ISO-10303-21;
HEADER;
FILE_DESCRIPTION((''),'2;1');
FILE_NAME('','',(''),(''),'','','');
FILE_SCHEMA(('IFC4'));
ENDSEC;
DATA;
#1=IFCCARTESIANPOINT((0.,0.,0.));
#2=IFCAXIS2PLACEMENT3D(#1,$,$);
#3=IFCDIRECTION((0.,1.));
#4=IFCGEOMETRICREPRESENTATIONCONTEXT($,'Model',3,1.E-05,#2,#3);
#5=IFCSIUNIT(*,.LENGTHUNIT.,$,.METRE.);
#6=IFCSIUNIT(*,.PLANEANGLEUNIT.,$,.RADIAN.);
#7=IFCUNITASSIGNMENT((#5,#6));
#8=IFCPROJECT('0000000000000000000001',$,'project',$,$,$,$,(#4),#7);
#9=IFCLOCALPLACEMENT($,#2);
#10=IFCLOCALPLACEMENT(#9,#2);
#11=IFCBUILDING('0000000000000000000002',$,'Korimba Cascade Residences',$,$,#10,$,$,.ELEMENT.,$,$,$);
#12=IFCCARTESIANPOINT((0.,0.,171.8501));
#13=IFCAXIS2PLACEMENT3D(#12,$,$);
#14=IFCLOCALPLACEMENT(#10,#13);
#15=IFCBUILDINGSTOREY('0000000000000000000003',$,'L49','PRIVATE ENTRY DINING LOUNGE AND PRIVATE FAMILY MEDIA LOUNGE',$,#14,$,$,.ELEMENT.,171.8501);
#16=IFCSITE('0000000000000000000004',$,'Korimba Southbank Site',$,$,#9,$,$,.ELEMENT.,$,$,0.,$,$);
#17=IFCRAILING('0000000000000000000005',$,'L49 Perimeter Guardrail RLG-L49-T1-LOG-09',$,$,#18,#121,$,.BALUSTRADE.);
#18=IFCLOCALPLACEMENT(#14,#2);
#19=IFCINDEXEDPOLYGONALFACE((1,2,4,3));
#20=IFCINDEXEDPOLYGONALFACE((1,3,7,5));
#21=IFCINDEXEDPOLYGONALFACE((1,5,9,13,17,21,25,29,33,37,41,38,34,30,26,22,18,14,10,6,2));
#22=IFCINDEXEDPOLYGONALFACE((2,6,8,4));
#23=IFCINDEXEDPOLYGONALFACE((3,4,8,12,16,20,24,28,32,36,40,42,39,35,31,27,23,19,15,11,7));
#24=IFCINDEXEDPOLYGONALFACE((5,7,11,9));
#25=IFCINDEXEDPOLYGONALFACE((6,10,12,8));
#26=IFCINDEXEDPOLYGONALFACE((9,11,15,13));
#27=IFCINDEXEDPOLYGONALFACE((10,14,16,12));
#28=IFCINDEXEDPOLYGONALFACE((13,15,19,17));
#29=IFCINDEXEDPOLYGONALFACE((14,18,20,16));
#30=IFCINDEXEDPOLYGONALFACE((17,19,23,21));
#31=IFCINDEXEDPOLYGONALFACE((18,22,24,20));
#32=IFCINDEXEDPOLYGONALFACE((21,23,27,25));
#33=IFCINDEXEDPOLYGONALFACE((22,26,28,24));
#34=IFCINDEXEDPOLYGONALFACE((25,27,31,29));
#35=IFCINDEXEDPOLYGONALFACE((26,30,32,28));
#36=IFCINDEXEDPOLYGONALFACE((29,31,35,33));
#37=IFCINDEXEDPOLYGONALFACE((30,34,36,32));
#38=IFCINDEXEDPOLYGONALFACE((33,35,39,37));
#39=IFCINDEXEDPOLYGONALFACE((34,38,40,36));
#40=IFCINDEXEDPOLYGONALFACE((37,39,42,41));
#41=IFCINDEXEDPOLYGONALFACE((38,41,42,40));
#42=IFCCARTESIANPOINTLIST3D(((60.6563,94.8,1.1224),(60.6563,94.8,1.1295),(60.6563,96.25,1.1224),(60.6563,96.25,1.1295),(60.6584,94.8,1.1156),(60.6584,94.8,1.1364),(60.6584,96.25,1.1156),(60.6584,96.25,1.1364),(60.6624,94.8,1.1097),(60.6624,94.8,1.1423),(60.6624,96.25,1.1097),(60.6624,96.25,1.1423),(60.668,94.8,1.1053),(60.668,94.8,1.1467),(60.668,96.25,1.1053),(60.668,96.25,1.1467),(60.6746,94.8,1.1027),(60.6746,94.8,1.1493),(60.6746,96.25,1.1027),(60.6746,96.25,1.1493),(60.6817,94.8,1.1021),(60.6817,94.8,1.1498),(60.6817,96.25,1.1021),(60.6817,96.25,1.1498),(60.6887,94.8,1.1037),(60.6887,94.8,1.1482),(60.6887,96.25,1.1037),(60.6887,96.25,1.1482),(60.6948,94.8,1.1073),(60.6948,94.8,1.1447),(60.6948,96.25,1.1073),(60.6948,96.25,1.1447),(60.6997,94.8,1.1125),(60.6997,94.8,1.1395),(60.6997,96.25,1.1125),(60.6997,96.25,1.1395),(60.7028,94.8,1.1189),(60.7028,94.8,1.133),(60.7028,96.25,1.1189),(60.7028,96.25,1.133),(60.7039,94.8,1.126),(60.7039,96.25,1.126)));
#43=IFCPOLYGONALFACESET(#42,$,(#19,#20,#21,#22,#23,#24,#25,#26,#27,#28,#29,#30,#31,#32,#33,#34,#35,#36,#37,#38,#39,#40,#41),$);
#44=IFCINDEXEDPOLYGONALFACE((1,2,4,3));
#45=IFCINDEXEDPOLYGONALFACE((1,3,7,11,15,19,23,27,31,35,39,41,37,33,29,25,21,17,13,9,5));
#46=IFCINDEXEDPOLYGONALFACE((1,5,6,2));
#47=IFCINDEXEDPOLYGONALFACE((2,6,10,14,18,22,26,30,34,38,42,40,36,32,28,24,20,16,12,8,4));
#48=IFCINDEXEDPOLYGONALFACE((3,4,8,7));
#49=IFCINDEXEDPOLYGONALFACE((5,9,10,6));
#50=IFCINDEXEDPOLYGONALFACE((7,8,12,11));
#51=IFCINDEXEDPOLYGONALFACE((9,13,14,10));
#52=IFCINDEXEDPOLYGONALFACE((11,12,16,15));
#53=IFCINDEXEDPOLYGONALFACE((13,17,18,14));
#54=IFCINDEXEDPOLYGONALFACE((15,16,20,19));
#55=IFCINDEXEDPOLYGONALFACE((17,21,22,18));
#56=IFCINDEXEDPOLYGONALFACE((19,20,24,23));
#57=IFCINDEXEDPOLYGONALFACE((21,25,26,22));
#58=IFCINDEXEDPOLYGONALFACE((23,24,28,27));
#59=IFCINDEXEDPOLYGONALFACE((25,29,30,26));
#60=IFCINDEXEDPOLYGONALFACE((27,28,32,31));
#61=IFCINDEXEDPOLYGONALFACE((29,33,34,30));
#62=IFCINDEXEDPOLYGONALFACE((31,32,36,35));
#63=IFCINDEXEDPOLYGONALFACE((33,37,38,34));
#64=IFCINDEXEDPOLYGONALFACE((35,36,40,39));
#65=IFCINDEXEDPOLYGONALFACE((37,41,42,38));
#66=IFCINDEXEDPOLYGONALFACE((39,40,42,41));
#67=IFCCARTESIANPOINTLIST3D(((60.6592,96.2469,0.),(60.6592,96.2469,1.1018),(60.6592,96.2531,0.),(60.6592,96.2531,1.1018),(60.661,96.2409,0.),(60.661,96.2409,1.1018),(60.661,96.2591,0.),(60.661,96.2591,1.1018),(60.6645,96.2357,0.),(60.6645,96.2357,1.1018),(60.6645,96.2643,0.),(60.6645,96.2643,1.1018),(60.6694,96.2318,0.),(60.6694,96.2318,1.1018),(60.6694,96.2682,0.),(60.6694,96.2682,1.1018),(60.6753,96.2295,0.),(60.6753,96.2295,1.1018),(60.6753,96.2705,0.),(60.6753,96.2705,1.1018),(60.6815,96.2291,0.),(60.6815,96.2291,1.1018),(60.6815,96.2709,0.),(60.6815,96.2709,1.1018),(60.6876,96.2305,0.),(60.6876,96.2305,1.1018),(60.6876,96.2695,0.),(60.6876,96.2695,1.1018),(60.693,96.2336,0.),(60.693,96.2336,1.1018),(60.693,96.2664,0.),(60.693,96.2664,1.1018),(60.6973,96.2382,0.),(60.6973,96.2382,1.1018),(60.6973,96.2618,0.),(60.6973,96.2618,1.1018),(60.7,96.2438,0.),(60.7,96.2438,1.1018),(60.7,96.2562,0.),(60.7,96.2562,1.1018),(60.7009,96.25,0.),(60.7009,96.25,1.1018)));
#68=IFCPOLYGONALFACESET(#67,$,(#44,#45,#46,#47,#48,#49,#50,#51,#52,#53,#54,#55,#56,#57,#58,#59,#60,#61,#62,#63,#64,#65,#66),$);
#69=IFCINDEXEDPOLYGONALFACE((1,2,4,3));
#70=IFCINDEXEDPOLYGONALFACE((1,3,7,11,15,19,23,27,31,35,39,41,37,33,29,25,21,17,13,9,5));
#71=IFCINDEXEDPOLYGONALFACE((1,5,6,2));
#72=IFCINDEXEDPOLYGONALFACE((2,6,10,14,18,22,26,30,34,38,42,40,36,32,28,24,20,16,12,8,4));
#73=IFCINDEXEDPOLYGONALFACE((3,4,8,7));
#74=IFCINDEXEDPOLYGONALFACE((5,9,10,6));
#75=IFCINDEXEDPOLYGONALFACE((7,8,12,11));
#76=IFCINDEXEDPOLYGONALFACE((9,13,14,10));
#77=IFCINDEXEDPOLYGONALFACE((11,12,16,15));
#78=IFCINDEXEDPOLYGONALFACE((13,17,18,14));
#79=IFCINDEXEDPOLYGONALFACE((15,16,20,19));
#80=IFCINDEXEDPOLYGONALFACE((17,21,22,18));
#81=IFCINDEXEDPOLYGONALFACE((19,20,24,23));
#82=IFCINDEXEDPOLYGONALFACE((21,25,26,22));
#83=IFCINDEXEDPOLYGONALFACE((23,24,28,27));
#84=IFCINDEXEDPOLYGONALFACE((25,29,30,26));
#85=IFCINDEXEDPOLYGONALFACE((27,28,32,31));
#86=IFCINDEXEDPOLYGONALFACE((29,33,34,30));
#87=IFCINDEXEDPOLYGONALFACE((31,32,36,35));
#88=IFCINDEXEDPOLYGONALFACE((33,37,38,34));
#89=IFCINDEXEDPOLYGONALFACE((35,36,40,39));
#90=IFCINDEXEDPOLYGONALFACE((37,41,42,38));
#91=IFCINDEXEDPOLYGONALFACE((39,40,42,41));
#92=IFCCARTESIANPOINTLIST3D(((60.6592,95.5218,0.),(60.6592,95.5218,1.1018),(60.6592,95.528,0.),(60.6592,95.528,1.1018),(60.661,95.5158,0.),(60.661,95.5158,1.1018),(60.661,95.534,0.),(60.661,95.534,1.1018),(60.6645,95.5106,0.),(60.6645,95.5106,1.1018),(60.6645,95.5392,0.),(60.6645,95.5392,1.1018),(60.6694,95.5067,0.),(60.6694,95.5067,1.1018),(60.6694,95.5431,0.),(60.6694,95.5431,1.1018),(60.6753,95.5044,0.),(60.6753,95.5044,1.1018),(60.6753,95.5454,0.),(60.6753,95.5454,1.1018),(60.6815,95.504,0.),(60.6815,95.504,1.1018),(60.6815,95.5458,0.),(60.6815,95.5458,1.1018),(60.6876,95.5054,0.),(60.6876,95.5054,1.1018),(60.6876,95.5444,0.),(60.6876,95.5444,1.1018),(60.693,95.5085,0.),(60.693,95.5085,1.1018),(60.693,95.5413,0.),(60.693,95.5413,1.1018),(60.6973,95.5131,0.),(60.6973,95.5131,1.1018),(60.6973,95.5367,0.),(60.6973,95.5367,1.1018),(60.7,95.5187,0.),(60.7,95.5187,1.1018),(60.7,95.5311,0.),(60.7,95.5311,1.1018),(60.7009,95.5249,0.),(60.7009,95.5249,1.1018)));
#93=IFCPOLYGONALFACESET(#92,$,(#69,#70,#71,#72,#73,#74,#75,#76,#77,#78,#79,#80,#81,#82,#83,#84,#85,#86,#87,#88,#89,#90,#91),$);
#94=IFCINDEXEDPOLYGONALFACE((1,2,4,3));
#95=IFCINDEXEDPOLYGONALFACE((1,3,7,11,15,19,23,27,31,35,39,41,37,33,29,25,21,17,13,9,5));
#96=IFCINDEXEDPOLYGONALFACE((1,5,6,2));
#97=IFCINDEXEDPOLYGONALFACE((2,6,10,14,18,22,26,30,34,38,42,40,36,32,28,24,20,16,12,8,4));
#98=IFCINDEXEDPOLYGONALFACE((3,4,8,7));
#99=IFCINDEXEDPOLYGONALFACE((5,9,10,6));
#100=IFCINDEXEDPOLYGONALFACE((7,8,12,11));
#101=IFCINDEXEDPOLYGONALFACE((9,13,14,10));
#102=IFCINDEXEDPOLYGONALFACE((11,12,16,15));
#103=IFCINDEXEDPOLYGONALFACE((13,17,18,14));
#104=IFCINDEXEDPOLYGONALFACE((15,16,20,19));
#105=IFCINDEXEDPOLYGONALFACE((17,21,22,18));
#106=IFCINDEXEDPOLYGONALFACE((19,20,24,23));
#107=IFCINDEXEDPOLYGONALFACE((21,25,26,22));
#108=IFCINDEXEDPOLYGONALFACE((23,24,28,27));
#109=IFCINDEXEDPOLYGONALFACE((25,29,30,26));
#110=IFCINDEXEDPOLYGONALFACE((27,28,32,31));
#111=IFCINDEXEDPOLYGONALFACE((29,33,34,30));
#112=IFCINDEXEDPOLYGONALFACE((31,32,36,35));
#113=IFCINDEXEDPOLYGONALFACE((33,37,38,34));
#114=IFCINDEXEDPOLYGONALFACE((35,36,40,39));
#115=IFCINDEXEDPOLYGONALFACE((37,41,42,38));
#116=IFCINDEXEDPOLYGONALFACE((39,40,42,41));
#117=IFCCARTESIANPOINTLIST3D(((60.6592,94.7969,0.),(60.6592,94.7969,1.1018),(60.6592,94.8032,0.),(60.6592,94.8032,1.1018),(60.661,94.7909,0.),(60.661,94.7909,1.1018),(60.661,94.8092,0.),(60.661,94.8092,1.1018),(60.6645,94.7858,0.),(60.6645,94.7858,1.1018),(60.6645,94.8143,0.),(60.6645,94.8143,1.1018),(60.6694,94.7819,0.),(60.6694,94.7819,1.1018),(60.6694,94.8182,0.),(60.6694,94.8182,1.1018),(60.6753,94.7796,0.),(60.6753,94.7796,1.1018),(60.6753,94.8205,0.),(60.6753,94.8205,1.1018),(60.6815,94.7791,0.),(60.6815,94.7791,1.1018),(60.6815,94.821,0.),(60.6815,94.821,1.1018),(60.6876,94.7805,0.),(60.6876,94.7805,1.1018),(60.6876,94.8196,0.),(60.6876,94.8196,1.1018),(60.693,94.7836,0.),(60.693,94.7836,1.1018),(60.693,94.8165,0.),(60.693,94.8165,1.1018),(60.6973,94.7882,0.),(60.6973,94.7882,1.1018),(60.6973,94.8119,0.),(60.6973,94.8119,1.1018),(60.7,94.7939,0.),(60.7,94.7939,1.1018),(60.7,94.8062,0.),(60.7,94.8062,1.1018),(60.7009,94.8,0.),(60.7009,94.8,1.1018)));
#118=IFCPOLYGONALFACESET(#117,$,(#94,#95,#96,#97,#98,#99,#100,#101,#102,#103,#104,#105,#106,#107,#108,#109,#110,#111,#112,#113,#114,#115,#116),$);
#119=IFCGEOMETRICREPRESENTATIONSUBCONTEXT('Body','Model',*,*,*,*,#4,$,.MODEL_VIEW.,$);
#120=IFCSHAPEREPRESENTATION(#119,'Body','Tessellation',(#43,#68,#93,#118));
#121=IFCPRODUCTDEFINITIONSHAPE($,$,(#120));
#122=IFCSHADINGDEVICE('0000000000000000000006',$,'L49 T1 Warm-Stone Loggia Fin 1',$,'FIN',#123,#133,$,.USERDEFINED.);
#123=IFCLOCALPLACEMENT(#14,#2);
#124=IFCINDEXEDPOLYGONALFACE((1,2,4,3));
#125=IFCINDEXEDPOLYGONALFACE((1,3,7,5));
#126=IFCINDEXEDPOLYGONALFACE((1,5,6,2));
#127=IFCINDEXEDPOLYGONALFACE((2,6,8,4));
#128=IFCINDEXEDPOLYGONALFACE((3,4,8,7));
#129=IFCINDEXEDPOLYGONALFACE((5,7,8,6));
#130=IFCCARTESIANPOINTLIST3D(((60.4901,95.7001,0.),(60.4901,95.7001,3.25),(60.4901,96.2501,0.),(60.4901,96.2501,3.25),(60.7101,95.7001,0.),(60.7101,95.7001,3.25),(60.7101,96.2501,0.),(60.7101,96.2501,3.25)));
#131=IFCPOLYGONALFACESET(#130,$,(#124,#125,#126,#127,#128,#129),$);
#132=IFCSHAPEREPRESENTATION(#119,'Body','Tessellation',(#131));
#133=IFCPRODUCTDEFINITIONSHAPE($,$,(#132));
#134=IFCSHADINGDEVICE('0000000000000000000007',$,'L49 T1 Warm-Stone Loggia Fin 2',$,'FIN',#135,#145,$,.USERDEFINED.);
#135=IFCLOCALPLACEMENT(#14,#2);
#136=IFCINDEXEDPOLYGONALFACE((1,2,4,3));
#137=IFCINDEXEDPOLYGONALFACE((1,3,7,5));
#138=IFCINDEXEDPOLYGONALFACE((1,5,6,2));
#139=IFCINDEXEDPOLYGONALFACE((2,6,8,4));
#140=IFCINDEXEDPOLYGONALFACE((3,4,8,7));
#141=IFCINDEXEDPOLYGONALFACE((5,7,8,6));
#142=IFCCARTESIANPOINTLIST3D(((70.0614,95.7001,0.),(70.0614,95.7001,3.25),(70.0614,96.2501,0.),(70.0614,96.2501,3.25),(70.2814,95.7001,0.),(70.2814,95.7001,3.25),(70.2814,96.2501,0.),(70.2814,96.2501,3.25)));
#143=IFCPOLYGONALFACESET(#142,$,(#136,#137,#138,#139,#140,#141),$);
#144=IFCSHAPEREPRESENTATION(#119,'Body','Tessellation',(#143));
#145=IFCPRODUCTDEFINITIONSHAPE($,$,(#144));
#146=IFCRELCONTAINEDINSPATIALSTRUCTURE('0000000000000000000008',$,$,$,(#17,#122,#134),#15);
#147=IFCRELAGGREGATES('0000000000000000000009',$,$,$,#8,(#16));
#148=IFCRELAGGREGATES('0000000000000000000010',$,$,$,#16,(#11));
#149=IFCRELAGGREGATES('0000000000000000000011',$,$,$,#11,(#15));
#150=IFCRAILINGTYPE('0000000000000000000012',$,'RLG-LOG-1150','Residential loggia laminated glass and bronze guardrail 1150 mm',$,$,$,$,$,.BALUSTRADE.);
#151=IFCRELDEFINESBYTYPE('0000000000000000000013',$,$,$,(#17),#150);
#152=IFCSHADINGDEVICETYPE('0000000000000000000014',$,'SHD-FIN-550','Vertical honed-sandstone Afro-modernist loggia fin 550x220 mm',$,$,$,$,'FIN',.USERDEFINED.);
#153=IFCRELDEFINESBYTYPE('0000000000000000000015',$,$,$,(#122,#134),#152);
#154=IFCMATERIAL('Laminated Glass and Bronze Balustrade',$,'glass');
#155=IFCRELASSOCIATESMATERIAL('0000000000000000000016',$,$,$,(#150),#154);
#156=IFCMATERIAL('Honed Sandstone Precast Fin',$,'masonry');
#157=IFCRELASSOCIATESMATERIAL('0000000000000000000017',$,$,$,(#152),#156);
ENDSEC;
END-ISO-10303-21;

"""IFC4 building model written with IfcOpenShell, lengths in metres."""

from ifc_helpers import new_model, si_unit, direction, frame, origin, origin_2d, place, context, subcontext, project, spatial, rectangle, circle, extrude, material, type_object, element, save


model = new_model("IFC4")

# Units and contexts
model_context = context("Model", 3, precision=1e-05, world=origin(), true_north=direction((0.0, 1.0)))
body_context = subcontext(model_context, "Body", "Model", "MODEL_VIEW")
ifc_project = project(units=[si_unit("LENGTHUNIT", "METRE"), si_unit("PLANEANGLEUNIT", "RADIAN")], contexts=[model_context])

# Site, building, storey
site_placement = place(None, origin())
site = spatial("IfcSite", under=ifc_project, at=site_placement, Name="Korimba Southbank Site", CompositionType="ELEMENT", RefElevation=0.0)
building_placement = place(site_placement, origin())
building = spatial("IfcBuilding", under=site, at=building_placement, Name="Korimba Cascade Residences", CompositionType="ELEMENT")
storey_placement = place(building_placement, frame((0.0, 0.0, 171.8501)))
storey = spatial("IfcBuildingStorey", under=building, at=storey_placement, Name="L49", Description="PRIVATE ENTRY DINING LOUNGE AND PRIVATE FAMILY MEDIA LOUNGE", CompositionType="ELEMENT", Elevation=171.8501)

# Railing
ifc_material_1 = material(Name="Laminated Glass and Bronze Balustrade", Category="glass")
railing_type = type_object("IfcRailingType", Name="RLG-LOG-1150", Description="Residential loggia laminated glass and bronze guardrail 1150 mm", PredefinedType="BALUSTRADE", material=ifc_material_1)
railing_1_placement = place(storey_placement, frame((60.6799, 96.25, 0.0)))
element("IfcRailing", 1, at=railing_1_placement, inside=storey, type_object=railing_type, Name="L49 Perimeter Guardrail RLG-L49-T1-LOG-09", PredefinedType="BALUSTRADE", context=body_context, shape_type="SweptSolid", body=[
    extrude(circle(Radius=0.0239, at=origin_2d()), frame((0.0, 0.0, 1.126), z_axis=(0.0, -1.0, 0.0), x_axis=(1.0, 0.0, 0.0)), (0.0, 0.0, 1.0), 1.45),
    extrude(circle(Radius=0.021, at=origin_2d()), origin(), (0.0, 0.0, 1.0), 1.1018),
    extrude(circle(Radius=0.021, at=origin_2d()), frame((0.0, -0.7251, 0.0)), (0.0, 0.0, 1.0), 1.1018),
    extrude(circle(Radius=0.021, at=origin_2d()), frame((0.0, -1.45, 0.0)), (0.0, 0.0, 1.0), 1.1018),
])

# Shading devices
ifc_material_2 = material(Name="Honed Sandstone Precast Fin", Category="masonry")
shading_device_type = type_object("IfcShadingDeviceType", Name="SHD-FIN-550", Description="Vertical honed-sandstone Afro-modernist loggia fin 550x220 mm", ElementType="FIN", PredefinedType="USERDEFINED", material=ifc_material_2)
for number, where, z_axis, x_axis, name in (
    (2, (60.6001, 95.9751, 0.0), (0.0, 0.0, 1.0), (1.0, 0.0, 0.0), "L49 T1 Warm-Stone Loggia Fin 1"),
    (3, (70.1714, 95.9751, 0.0), (0.0, 0.0, 1.0), (1.0, 0.0, 0.0), "L49 T1 Warm-Stone Loggia Fin 2"),
):
    element("IfcShadingDevice", number, at=place(storey_placement, frame(where, z_axis=z_axis, x_axis=x_axis)), inside=storey, type_object=shading_device_type, Name=name, ObjectType="FIN", PredefinedType="USERDEFINED", context=body_context, shape_type="SweptSolid", body=[
        extrude(rectangle(XDim=0.22, YDim=0.55, at=origin_2d()), origin(), (0.0, 0.0, 1.0), 3.25),
    ])

save(model, "model.ifc")
